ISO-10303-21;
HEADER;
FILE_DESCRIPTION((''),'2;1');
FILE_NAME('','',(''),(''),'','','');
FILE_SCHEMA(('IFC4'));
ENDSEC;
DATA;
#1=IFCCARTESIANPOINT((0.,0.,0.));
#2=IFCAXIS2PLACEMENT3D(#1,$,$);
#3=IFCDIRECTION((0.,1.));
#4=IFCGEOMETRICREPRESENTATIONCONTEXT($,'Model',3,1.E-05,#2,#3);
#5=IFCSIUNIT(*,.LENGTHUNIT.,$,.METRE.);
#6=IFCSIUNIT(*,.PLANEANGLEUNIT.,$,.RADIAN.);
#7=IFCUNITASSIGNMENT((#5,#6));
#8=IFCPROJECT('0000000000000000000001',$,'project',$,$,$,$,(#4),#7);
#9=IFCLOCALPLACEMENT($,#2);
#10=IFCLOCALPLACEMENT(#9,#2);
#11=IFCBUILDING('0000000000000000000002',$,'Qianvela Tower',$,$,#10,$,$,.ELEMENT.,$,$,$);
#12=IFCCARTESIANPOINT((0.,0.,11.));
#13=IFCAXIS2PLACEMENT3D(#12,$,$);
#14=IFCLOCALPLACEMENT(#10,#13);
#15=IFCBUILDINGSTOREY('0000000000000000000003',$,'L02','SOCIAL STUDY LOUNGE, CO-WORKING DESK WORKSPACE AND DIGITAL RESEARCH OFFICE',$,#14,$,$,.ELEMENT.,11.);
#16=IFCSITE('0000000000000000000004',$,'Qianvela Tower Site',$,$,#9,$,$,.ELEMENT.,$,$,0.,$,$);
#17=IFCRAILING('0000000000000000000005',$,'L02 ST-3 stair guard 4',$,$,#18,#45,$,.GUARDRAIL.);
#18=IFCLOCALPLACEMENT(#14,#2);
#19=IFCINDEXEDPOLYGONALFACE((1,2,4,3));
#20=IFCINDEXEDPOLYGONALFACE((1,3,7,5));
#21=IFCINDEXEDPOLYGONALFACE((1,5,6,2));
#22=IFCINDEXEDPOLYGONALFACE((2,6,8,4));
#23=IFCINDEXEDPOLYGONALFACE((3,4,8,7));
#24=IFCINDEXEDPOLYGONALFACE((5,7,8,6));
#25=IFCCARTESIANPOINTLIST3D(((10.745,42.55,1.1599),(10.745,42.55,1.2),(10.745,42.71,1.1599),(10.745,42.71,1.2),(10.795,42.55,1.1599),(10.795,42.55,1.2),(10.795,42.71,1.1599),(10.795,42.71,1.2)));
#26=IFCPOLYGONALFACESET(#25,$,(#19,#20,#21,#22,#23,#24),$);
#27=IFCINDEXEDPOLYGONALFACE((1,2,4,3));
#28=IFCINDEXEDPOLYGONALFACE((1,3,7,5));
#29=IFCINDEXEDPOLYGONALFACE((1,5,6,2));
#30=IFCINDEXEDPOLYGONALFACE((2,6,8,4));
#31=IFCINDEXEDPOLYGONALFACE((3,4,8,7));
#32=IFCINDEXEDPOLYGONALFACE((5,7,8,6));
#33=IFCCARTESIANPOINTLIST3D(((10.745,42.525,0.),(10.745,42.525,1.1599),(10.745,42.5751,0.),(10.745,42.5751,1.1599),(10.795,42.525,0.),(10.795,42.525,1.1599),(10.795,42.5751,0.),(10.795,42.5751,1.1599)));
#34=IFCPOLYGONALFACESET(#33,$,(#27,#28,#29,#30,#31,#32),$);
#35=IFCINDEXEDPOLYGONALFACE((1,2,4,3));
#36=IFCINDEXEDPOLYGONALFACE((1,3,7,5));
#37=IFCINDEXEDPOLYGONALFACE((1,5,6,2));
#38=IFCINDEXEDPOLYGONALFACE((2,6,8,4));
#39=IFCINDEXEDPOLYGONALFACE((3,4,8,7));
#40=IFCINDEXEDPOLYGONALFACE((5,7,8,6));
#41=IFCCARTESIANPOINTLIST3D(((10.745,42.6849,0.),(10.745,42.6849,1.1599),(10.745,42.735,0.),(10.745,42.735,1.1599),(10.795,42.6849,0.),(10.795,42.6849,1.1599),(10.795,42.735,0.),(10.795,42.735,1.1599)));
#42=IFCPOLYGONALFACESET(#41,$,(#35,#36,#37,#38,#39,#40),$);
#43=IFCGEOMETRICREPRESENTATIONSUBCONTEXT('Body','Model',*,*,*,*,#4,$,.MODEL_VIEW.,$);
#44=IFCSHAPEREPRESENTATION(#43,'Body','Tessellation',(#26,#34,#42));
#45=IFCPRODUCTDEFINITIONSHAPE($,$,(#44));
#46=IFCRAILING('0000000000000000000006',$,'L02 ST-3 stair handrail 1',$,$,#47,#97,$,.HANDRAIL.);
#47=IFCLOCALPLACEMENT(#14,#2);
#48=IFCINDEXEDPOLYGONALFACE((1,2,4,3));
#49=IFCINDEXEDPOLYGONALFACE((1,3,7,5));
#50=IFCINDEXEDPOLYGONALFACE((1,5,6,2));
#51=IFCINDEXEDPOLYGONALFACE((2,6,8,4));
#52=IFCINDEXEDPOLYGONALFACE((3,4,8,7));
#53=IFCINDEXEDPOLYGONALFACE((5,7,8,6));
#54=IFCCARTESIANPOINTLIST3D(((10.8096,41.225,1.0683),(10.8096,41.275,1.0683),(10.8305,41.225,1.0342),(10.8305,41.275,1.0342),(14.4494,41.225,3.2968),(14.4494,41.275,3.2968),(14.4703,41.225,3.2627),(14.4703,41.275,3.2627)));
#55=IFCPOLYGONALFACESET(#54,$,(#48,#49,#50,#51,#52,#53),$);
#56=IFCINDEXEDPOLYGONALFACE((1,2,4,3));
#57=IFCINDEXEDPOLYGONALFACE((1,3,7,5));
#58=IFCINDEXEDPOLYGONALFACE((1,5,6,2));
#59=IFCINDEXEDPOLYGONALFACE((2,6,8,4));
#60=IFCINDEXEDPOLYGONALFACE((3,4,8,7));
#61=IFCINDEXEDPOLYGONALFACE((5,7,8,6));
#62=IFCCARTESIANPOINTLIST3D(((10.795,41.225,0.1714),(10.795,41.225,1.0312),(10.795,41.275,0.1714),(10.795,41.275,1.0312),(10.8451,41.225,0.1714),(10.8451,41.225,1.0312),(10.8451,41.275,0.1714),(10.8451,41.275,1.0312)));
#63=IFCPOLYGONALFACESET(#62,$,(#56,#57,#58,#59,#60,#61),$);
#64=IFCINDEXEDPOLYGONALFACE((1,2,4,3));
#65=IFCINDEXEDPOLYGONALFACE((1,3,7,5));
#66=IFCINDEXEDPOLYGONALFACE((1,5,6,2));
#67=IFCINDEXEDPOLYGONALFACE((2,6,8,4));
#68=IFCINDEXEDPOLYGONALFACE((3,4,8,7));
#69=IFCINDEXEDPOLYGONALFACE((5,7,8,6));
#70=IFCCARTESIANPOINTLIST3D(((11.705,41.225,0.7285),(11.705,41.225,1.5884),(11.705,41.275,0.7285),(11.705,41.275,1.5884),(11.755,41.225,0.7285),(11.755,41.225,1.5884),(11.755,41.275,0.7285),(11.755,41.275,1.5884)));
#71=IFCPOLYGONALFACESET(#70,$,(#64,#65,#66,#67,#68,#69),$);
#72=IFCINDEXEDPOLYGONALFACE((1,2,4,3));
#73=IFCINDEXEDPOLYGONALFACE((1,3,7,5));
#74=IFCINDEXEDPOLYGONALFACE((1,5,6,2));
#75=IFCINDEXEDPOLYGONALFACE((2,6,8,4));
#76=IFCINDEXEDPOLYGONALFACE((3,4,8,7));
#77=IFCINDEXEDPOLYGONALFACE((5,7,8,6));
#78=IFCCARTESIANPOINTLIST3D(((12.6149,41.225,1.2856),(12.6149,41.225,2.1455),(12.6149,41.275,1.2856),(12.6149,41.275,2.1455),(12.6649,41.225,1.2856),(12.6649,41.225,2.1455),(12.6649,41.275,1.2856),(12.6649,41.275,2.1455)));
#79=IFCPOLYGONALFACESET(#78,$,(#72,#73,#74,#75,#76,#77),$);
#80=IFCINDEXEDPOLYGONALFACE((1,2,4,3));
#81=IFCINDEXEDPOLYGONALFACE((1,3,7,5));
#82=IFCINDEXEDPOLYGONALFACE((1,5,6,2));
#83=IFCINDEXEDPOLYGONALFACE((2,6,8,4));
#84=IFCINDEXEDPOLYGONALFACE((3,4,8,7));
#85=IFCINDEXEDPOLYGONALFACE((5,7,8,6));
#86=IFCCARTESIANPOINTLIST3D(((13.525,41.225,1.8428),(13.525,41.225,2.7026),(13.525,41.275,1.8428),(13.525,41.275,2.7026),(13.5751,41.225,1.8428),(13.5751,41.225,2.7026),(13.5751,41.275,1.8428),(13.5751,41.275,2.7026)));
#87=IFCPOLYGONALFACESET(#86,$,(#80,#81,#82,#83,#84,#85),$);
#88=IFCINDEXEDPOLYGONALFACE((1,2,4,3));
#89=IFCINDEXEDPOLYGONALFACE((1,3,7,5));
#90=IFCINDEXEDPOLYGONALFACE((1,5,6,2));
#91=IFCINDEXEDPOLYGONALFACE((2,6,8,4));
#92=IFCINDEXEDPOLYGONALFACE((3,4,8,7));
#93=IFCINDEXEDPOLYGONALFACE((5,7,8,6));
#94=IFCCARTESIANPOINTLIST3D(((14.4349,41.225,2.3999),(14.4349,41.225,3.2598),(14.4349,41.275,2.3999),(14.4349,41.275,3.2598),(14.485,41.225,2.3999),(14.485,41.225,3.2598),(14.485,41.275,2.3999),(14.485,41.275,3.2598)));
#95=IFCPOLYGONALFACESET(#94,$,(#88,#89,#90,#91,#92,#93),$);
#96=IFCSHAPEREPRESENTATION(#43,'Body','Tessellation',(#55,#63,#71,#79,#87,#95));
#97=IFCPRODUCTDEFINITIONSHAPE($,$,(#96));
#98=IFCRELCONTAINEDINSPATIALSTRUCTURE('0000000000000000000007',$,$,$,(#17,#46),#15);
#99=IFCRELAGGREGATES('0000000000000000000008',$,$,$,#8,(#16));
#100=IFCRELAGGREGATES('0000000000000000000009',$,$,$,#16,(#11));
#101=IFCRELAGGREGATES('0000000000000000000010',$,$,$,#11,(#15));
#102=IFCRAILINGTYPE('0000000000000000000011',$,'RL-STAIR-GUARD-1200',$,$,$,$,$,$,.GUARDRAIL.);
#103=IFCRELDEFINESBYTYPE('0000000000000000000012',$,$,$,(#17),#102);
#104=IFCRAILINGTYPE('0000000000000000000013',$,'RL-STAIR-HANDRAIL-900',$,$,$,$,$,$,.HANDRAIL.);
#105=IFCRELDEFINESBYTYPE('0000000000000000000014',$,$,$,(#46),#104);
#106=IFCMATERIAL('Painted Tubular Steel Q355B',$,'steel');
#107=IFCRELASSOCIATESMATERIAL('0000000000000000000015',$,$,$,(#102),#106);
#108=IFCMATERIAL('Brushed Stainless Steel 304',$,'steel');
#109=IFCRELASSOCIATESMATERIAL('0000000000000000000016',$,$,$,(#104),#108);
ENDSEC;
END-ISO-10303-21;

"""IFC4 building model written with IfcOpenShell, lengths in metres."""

from ifc_helpers import new_model, si_unit, direction, frame, origin, origin_2d, place, context, subcontext, project, spatial, rectangle, extrude, material, type_object, element, save


model = new_model("IFC4")

# Units and contexts
model_context = context("Model", 3, precision=1e-05, world=origin(), true_north=direction((0.0, 1.0)))
body_context = subcontext(model_context, "Body", "Model", "MODEL_VIEW")
ifc_project = project(units=[si_unit("LENGTHUNIT", "METRE"), si_unit("PLANEANGLEUNIT", "RADIAN")], contexts=[model_context])

# Site, building, storey
site_placement = place(None, origin())
site = spatial("IfcSite", under=ifc_project, at=site_placement, Name="Qianvela Tower Site", CompositionType="ELEMENT", RefElevation=0.0)
building_placement = place(site_placement, origin())
building = spatial("IfcBuilding", under=site, at=building_placement, Name="Qianvela Tower", CompositionType="ELEMENT")
storey_placement = place(building_placement, frame((0.0, 0.0, 11.0)))
storey = spatial("IfcBuildingStorey", under=building, at=storey_placement, Name="L02", Description="SOCIAL STUDY LOUNGE, CO-WORKING DESK WORKSPACE AND DIGITAL RESEARCH OFFICE", CompositionType="ELEMENT", Elevation=11.0)

# Railings
ifc_material_1 = material(Name="Painted Tubular Steel Q355B", Category="steel")
railing_type_1 = type_object("IfcRailingType", Name="RL-STAIR-GUARD-1200", PredefinedType="GUARDRAIL", material=ifc_material_1)
railing_1_placement = place(storey_placement, frame((10.77, 42.55, 0.0)))
element("IfcRailing", 1, at=railing_1_placement, inside=storey, type_object=railing_type_1, Name="L02 ST-3 stair guard 4", PredefinedType="GUARDRAIL", context=body_context, shape_type="SweptSolid", body=[
    extrude(rectangle(XDim=0.05, YDim=0.04, at=origin_2d()), frame((0.0, 0.0, 1.1799), z_axis=(0.0, 1.0, 0.0), x_axis=(-1.0, 0.0, 0.0)), (0.0, 0.0, 1.0), 0.1599),
    extrude(rectangle(XDim=0.05, YDim=0.05, at=origin_2d()), origin(), (0.0, 0.0, 1.0), 1.1599),
    extrude(rectangle(XDim=0.05, YDim=0.05, at=origin_2d()), frame((0.0, 0.1599, 0.0)), (0.0, 0.0, 1.0), 1.1599),
])
ifc_material_2 = material(Name="Brushed Stainless Steel 304", Category="steel")
railing_type_2 = type_object("IfcRailingType", Name="RL-STAIR-HANDRAIL-900", PredefinedType="HANDRAIL", material=ifc_material_2)
railing_2_placement = place(storey_placement, frame((10.8201, 41.25, 0.1714)))
element("IfcRailing", 2, at=railing_2_placement, inside=storey, type_object=railing_type_2, Name="L02 ST-3 stair handrail 1", PredefinedType="HANDRAIL", context=body_context, shape_type="SweptSolid", body=[
    extrude(rectangle(XDim=0.05, YDim=0.04, at=origin_2d()), frame((0.0, 0.0, 0.8799), z_axis=(0.85285, 0.0, 0.522156), x_axis=(0.0, 1.0, 0.0)), (0.0, 0.0, 1.0), 4.2678),
    extrude(rectangle(XDim=0.05, YDim=0.05, at=origin_2d()), origin(), (0.0, 0.0, 1.0), 0.8599),
    extrude(rectangle(XDim=0.05, YDim=0.05, at=origin_2d()), frame((0.9099, 0.0, 0.5571)), (0.0, 0.0, 1.0), 0.8599),
    extrude(rectangle(XDim=0.05, YDim=0.05, at=origin_2d()), frame((1.8198, 0.0, 1.1143)), (0.0, 0.0, 1.0), 0.8599),
    extrude(rectangle(XDim=0.05, YDim=0.05, at=origin_2d()), frame((2.73, 0.0, 1.6714)), (0.0, 0.0, 1.0), 0.8599),
    extrude(rectangle(XDim=0.05, YDim=0.05, at=origin_2d()), frame((3.6399, 0.0, 2.2285)), (0.0, 0.0, 1.0), 0.8599),
])

save(model, "model.ifc")
